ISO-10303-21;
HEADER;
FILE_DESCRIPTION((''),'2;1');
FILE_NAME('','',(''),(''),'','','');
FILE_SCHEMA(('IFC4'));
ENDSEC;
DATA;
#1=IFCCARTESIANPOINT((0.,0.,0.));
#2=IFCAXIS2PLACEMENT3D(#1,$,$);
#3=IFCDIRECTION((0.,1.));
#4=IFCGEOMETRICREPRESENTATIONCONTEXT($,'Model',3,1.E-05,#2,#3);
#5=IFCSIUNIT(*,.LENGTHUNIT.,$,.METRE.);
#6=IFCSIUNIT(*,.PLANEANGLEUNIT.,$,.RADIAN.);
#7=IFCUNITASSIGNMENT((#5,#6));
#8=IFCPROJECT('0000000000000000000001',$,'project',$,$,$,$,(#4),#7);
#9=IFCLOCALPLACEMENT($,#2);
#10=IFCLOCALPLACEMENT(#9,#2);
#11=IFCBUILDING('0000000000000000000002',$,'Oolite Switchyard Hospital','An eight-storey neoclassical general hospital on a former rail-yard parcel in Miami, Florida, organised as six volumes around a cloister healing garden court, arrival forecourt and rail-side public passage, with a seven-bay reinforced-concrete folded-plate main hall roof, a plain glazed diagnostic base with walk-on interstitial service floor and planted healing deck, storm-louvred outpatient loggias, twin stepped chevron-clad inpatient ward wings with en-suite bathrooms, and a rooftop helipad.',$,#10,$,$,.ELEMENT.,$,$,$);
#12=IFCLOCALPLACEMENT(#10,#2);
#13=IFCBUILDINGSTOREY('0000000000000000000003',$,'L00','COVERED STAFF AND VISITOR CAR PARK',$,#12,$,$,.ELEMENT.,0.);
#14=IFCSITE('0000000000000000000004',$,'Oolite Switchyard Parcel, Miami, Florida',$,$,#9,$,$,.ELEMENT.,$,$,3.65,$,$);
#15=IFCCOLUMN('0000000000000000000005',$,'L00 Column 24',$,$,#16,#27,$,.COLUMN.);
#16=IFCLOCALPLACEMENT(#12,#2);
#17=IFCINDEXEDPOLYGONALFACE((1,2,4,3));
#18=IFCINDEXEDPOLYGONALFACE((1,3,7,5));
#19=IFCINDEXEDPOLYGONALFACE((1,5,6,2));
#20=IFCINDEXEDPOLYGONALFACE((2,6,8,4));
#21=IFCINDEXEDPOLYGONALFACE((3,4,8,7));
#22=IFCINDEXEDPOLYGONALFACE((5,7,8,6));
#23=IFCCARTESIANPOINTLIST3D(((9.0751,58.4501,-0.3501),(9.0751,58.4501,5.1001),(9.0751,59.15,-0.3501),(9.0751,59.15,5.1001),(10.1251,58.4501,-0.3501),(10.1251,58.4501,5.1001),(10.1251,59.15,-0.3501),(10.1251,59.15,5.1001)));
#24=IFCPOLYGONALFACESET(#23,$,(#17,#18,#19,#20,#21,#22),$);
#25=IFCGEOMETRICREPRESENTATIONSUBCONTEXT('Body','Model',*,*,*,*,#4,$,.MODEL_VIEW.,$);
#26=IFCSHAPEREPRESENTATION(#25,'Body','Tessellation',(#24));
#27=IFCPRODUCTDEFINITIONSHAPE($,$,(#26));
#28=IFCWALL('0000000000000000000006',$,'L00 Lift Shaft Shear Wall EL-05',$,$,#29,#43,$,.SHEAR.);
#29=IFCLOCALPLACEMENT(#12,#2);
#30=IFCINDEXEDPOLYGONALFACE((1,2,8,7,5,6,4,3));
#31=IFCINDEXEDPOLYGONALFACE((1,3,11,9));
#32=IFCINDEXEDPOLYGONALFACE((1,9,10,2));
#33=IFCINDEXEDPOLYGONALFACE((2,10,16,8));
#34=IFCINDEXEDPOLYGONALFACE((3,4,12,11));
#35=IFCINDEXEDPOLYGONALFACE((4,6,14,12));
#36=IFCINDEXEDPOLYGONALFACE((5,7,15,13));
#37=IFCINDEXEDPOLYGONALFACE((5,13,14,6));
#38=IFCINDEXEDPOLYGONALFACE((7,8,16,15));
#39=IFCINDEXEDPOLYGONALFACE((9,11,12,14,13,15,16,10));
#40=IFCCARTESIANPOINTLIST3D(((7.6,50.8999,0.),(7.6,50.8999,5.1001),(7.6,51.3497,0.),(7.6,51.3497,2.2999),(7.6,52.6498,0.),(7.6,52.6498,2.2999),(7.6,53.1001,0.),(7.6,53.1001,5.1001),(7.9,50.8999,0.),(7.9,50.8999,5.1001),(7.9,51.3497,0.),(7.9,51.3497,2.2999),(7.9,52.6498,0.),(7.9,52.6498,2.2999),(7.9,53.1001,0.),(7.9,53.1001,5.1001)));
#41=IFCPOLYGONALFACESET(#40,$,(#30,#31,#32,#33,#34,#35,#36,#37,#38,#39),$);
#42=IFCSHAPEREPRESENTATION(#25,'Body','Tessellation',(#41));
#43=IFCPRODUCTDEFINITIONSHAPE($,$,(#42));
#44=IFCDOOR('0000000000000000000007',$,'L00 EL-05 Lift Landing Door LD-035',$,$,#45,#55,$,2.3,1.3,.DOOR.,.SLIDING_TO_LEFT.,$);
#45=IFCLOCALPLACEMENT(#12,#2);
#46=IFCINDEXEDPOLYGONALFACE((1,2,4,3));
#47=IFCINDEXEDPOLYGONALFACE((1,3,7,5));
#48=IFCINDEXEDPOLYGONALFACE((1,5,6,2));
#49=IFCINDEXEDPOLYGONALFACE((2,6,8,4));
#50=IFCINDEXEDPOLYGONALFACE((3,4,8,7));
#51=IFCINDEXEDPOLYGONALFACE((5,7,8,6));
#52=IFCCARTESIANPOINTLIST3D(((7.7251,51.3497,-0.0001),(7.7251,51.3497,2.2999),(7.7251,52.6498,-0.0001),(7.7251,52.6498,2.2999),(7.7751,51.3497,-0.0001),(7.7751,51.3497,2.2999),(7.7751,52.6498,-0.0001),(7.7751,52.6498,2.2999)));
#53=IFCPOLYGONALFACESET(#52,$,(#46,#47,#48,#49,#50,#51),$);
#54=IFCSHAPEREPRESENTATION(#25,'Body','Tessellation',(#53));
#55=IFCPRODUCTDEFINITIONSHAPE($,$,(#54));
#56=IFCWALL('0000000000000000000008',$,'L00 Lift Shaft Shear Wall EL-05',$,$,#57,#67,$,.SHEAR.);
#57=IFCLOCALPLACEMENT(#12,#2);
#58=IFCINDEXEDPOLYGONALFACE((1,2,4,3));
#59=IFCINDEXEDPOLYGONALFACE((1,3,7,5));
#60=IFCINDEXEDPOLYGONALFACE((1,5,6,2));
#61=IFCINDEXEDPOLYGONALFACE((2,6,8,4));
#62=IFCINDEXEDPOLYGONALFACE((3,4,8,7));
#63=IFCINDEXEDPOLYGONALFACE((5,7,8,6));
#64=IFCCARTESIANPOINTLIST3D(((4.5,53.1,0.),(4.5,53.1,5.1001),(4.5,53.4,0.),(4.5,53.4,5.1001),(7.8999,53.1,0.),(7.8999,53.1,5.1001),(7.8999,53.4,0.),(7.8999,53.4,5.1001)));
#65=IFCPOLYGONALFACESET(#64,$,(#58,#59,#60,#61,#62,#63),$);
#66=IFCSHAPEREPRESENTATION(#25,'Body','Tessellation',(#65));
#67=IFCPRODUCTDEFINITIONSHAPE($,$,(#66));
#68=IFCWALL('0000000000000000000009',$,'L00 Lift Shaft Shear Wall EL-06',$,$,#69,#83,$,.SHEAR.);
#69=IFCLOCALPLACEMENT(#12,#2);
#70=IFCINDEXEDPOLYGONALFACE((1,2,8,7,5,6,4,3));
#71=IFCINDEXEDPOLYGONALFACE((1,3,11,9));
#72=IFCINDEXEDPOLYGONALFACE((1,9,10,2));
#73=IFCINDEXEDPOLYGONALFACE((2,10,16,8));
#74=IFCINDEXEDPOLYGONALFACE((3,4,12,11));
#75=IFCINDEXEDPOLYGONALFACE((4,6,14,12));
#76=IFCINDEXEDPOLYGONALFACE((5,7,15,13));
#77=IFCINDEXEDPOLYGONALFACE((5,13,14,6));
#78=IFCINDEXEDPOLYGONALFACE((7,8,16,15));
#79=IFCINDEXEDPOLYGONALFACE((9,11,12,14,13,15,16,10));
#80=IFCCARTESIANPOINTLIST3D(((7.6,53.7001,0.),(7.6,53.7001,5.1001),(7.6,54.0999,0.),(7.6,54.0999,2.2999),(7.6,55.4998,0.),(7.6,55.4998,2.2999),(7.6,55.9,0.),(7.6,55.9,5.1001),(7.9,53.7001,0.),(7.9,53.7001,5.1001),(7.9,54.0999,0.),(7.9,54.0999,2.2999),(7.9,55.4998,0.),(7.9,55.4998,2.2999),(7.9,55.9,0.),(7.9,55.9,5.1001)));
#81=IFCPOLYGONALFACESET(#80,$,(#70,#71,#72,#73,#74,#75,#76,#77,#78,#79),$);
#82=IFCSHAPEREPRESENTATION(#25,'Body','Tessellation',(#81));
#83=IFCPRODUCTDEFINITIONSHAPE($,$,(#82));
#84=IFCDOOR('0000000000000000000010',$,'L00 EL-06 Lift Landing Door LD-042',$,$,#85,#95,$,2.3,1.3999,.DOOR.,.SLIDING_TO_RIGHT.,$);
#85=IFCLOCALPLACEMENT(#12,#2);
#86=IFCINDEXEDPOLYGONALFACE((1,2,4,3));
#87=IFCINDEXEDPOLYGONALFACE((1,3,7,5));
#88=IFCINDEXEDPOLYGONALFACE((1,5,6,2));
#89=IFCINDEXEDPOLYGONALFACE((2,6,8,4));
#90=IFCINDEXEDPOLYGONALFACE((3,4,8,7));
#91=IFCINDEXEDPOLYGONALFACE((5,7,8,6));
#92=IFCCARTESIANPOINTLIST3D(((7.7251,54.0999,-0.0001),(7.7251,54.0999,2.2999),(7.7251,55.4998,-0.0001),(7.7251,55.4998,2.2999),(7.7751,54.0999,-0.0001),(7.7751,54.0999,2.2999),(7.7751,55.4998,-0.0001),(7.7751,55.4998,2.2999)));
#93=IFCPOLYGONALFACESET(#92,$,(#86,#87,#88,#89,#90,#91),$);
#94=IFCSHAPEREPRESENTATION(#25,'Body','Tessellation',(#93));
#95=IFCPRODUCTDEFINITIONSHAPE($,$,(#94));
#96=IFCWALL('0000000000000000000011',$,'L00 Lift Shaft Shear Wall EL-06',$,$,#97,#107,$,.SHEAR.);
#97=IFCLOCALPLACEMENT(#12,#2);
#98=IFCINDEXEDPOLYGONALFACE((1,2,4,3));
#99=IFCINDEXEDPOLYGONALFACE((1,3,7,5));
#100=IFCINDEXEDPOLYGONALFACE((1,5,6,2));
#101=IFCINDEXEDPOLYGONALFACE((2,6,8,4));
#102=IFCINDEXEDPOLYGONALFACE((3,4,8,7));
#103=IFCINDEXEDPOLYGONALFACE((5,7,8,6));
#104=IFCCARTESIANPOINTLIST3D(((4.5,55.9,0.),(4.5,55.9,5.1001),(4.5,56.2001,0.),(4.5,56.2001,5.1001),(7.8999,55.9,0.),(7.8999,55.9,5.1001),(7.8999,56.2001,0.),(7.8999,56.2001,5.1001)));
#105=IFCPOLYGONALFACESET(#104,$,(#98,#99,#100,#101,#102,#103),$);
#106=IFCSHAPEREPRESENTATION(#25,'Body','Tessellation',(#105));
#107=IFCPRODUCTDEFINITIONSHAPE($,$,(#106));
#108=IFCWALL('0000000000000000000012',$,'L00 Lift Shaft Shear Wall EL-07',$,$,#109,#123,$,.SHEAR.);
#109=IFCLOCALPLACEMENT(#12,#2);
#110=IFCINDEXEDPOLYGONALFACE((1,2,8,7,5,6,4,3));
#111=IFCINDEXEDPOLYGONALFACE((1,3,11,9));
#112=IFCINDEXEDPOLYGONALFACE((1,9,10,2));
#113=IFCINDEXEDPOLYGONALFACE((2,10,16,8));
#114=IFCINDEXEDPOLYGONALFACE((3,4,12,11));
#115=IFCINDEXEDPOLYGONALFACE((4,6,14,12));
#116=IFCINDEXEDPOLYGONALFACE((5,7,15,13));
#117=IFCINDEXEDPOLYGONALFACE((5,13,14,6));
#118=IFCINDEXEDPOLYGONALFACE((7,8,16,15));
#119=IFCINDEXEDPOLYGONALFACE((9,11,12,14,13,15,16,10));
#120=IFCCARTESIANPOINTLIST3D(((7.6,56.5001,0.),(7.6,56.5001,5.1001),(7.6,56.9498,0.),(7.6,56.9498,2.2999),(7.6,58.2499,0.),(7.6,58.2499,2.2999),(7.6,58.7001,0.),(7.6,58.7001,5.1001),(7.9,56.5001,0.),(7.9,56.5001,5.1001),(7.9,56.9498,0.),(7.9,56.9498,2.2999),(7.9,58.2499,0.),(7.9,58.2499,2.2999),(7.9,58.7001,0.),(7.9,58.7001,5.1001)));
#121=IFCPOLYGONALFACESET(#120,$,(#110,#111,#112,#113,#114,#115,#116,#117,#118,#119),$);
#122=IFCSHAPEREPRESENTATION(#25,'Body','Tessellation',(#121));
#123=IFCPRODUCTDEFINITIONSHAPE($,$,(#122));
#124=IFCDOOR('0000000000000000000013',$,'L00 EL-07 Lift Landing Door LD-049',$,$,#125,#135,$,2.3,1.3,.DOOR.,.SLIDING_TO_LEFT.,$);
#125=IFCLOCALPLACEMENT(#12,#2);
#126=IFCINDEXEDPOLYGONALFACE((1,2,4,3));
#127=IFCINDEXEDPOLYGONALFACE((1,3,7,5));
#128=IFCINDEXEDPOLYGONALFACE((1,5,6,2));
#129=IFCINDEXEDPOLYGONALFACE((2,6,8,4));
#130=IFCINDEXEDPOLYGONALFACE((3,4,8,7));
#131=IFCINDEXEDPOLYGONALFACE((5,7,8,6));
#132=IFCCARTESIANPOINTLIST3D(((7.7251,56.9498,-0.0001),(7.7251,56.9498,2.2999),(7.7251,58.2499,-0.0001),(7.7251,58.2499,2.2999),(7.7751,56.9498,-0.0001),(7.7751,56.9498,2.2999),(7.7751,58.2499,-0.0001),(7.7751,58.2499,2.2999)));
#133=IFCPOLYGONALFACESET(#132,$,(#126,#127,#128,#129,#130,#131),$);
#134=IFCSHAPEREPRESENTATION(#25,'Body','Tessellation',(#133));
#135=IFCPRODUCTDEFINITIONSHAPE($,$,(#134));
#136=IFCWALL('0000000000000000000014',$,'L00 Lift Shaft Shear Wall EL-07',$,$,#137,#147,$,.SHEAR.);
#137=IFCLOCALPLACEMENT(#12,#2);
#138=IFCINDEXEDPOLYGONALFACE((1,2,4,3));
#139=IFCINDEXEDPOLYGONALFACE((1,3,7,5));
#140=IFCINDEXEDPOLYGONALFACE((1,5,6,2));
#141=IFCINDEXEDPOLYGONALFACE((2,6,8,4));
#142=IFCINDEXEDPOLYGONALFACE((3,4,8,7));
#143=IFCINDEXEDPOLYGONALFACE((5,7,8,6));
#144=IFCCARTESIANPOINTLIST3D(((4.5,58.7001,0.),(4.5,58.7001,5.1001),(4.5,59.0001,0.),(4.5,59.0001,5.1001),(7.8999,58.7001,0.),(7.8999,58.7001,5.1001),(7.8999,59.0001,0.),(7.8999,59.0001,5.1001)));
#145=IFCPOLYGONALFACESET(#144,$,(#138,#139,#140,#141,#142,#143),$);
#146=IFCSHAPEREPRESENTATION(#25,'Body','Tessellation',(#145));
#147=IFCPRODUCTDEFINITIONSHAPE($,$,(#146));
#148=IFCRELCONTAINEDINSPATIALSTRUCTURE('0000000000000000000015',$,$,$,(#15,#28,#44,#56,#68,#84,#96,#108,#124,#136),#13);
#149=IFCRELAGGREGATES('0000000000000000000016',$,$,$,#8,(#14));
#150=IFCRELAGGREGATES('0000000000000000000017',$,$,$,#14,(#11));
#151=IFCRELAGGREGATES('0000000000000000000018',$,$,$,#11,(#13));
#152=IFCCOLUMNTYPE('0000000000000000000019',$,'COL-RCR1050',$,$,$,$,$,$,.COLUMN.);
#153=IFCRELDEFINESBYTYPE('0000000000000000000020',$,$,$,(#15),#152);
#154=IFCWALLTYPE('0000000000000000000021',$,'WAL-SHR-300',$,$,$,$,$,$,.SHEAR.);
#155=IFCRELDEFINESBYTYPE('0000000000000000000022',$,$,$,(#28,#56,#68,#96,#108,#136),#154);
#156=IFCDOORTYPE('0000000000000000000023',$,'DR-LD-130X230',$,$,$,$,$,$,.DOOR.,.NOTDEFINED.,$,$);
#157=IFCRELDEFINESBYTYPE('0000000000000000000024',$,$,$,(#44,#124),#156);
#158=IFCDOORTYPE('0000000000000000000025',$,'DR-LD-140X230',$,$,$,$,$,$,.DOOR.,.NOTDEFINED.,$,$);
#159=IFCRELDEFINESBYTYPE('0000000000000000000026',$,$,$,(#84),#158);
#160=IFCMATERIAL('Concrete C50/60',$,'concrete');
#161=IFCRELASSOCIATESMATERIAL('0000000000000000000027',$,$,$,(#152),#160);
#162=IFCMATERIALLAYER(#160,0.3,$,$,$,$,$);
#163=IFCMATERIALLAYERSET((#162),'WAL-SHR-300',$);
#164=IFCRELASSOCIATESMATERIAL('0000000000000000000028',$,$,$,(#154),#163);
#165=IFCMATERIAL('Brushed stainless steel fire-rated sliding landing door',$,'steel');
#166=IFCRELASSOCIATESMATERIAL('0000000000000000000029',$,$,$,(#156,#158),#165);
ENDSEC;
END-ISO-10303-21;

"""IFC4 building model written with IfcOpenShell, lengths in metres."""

from ifc_helpers import new_model, si_unit, direction, frame, frame_2d, origin, origin_2d, place, context, subcontext, project, spatial, rectangle, extrude, material, layer, layer_set, material_profile, profile_set, type_object, element, fill, save


model = new_model("IFC4")

# Units and contexts
model_context = context("Model", 3, precision=1e-05, world=origin(), true_north=direction((0.0, 1.0)))
body_context = subcontext(model_context, "Body", "Model", "MODEL_VIEW")
ifc_project = project(units=[si_unit("LENGTHUNIT", "METRE"), si_unit("PLANEANGLEUNIT", "RADIAN")], contexts=[model_context])

# Site, building, storey
site_placement = place(None, origin())
site = spatial("IfcSite", under=ifc_project, at=site_placement, Name="Oolite Switchyard Parcel, Miami, Florida", CompositionType="ELEMENT", RefElevation=3.65)
building_placement = place(site_placement, origin())
building = spatial("IfcBuilding", under=site, at=building_placement, Name="Oolite Switchyard Hospital", Description="An eight-storey neoclassical general hospital on a former rail-yard parcel in Miami, Florida, organised as six volumes around a cloister healing garden court, arrival forecourt and rail-side public passage, with a seven-bay reinforced-concrete folded-plate main hall roof, a plain glazed diagnostic base with walk-on interstitial service floor and planted healing deck, storm-louvred outpatient loggias, twin stepped chevron-clad inpatient ward wings with en-suite bathrooms, and a rooftop helipad.", CompositionType="ELEMENT")
storey_placement = place(building_placement, origin())
storey = spatial("IfcBuildingStorey", under=building, at=storey_placement, Name="L00", Description="COVERED STAFF AND VISITOR CAR PARK", CompositionType="ELEMENT", Elevation=0.0)

# Column
ifc_material_1 = material(Name="Concrete C50/60", Category="concrete")
ifc_material_profile_1 = material_profile(ifc_material_1, rectangle(XDim=1.05, YDim=0.7, at=origin_2d()), Name="RC1050X700")
ifc_profile_set_1 = profile_set([ifc_material_profile_1], Name="Concrete C50/60")
column_type = type_object("IfcColumnType", Name="COL-RCR1050", PredefinedType="COLUMN", material=ifc_profile_set_1)
for number, where, z_axis, x_axis, name in (
    (1, (9.6001, 58.8, -0.3501), (0.0, 0.0, 1.0), (1.0, 0.0, 0.0), "L00 Column 24"),
):
    element("IfcColumn", number, at=place(storey_placement, frame(where, z_axis=z_axis, x_axis=x_axis)), inside=storey, type_object=column_type, Name=name, PredefinedType="COLUMN", context=body_context, shape_type="SweptSolid", body=[
        extrude(rectangle(XDim=1.05, YDim=0.7, at=origin_2d()), origin(), (0.0, 0.0, 1.0), 5.4502),
    ])

# Wall, opening, door
ifc_layer_1 = layer(ifc_material_1, 0.3)
ifc_layer_set_1 = layer_set([ifc_layer_1], Name="WAL-SHR-300")
wall_type_1 = type_object("IfcWallType", Name="WAL-SHR-300", PredefinedType="SHEAR", material=ifc_layer_set_1)
wall_1_placement = place(storey_placement, frame((7.75, 50.8999, 0.0), z_axis=(0.0, 0.0, 1.0), x_axis=(0.0, 1.0, 0.0)))
wall_1 = element("IfcWall", 2, at=wall_1_placement, inside=storey, type_object=wall_type_1, Name="L00 Lift Shaft Shear Wall EL-05", PredefinedType="SHEAR", context=body_context, shape_type="SweptSolid", body=[
    extrude(rectangle(XDim=2.2002, YDim=0.3, at=frame_2d((1.1001, 0.0))), origin(), (0.0, 0.0, 1.0), 5.1001),
])
opening_1_placement = place(wall_1_placement, frame((0.45, 0.0, 0.0)))
opening_1 = element("IfcOpeningElement", 3, at=opening_1_placement, cuts=wall_1, PredefinedType="OPENING", context=body_context, shape_type="SweptSolid", body=[
    extrude(rectangle(XDim=1.3, YDim=2.3, at=frame_2d((0.6499, 1.1499))), frame((0.0, 0.1602, 0.0), z_axis=(0.0, -1.0, 0.0), x_axis=(1.0, 0.0, 0.0)), (0.0, 0.0, 1.0), 0.3201),
])
ifc_material_2 = material(Name="Brushed stainless steel fire-rated sliding landing door", Category="steel")
door_type_1 = type_object("IfcDoorType", Name="DR-LD-130X230", OperationType="NOTDEFINED", PredefinedType="DOOR", material=ifc_material_2)
door_1_placement = place(opening_1_placement, origin())
door_1 = element("IfcDoor", 4, at=door_1_placement, inside=storey, type_object=door_type_1, Name="L00 EL-05 Lift Landing Door LD-035", OperationType="SLIDING_TO_LEFT", OverallHeight=2.3, OverallWidth=1.3, PredefinedType="DOOR", context=body_context, shape_type="SweptSolid", body=[
    extrude(rectangle(XDim=1.3, YDim=2.3, at=frame_2d((0.6499, 1.1499))), frame((0.0, 0.0249, 0.0), z_axis=(0.0, -1.0, 0.0), x_axis=(1.0, 0.0, 0.0)), (0.0, 0.0, 1.0), 0.05),
])
fill(opening_1, door_1)

# Wall
wall_2_placement = place(storey_placement, frame((7.8999, 53.25, 0.0), z_axis=(0.0, 0.0, 1.0), x_axis=(-1.0, 0.0, 0.0)))
element("IfcWall", 5, at=wall_2_placement, inside=storey, type_object=wall_type_1, Name="L00 Lift Shaft Shear Wall EL-05", PredefinedType="SHEAR", context=body_context, shape_type="SweptSolid", body=[
    extrude(rectangle(XDim=3.3999, YDim=0.3, at=frame_2d((1.7, 0.0))), origin(), (0.0, 0.0, 1.0), 5.1001),
])

# Wall, opening, door
wall_3_placement = place(storey_placement, frame((7.75, 53.7, 0.0), z_axis=(0.0, 0.0, 1.0), x_axis=(0.0, 1.0, 0.0)))
wall_3 = element("IfcWall", 6, at=wall_3_placement, inside=storey, type_object=wall_type_1, Name="L00 Lift Shaft Shear Wall EL-06", PredefinedType="SHEAR", context=body_context, shape_type="SweptSolid", body=[
    extrude(rectangle(XDim=2.2, YDim=0.3, at=frame_2d((1.1001, 0.0))), origin(), (0.0, 0.0, 1.0), 5.1001),
])
opening_2_placement = place(wall_3_placement, frame((0.3999, 0.0, 0.0)))
opening_2 = element("IfcOpeningElement", 7, at=opening_2_placement, cuts=wall_3, PredefinedType="OPENING", context=body_context, shape_type="SweptSolid", body=[
    extrude(rectangle(XDim=1.3999, YDim=2.3, at=frame_2d((0.7, 1.1499))), frame((0.0, 0.1602, 0.0), z_axis=(0.0, -1.0, 0.0), x_axis=(1.0, 0.0, 0.0)), (0.0, 0.0, 1.0), 0.3201),
])
door_type_2 = type_object("IfcDoorType", Name="DR-LD-140X230", OperationType="NOTDEFINED", PredefinedType="DOOR", material=ifc_material_2)
door_2_placement = place(opening_2_placement, origin())
door_2 = element("IfcDoor", 8, at=door_2_placement, inside=storey, type_object=door_type_2, Name="L00 EL-06 Lift Landing Door LD-042", OperationType="SLIDING_TO_RIGHT", OverallHeight=2.3, OverallWidth=1.3999, PredefinedType="DOOR", context=body_context, shape_type="SweptSolid", body=[
    extrude(rectangle(XDim=1.3999, YDim=2.3, at=frame_2d((0.7, 1.1499))), frame((0.0, 0.0249, 0.0), z_axis=(0.0, -1.0, 0.0), x_axis=(1.0, 0.0, 0.0)), (0.0, 0.0, 1.0), 0.05),
])
fill(opening_2, door_2)

# Wall
wall_4_placement = place(storey_placement, frame((7.8999, 56.05, 0.0), z_axis=(0.0, 0.0, 1.0), x_axis=(-1.0, 0.0, 0.0)))
element("IfcWall", 9, at=wall_4_placement, inside=storey, type_object=wall_type_1, Name="L00 Lift Shaft Shear Wall EL-06", PredefinedType="SHEAR", context=body_context, shape_type="SweptSolid", body=[
    extrude(rectangle(XDim=3.3999, YDim=0.3, at=frame_2d((1.7, 0.0))), origin(), (0.0, 0.0, 1.0), 5.1001),
])

# Wall, opening, door
wall_5_placement = place(storey_placement, frame((7.75, 56.5, 0.0), z_axis=(0.0, 0.0, 1.0), x_axis=(0.0, 1.0, 0.0)))
wall_5 = element("IfcWall", 10, at=wall_5_placement, inside=storey, type_object=wall_type_1, Name="L00 Lift Shaft Shear Wall EL-07", PredefinedType="SHEAR", context=body_context, shape_type="SweptSolid", body=[
    extrude(rectangle(XDim=2.2, YDim=0.3, at=frame_2d((1.1001, 0.0))), origin(), (0.0, 0.0, 1.0), 5.1001),
])
opening_3_placement = place(wall_5_placement, frame((0.45, 0.0, 0.0)))
opening_3 = element("IfcOpeningElement", 11, at=opening_3_placement, cuts=wall_5, PredefinedType="OPENING", context=body_context, shape_type="SweptSolid", body=[
    extrude(rectangle(XDim=1.3, YDim=2.3, at=frame_2d((0.6499, 1.1499))), frame((0.0, 0.1602, 0.0), z_axis=(0.0, -1.0, 0.0), x_axis=(1.0, 0.0, 0.0)), (0.0, 0.0, 1.0), 0.3201),
])
door_3_placement = place(opening_3_placement, origin())
door_3 = element("IfcDoor", 12, at=door_3_placement, inside=storey, type_object=door_type_1, Name="L00 EL-07 Lift Landing Door LD-049", OperationType="SLIDING_TO_LEFT", OverallHeight=2.3, OverallWidth=1.3, PredefinedType="DOOR", context=body_context, shape_type="SweptSolid", body=[
    extrude(rectangle(XDim=1.3, YDim=2.3, at=frame_2d((0.6499, 1.1499))), frame((0.0, 0.0249, 0.0), z_axis=(0.0, -1.0, 0.0), x_axis=(1.0, 0.0, 0.0)), (0.0, 0.0, 1.0), 0.05),
])
fill(opening_3, door_3)

# Wall
wall_6_placement = place(storey_placement, frame((7.8999, 58.8501, 0.0), z_axis=(0.0, 0.0, 1.0), x_axis=(-1.0, 0.0, 0.0)))
element("IfcWall", 13, at=wall_6_placement, inside=storey, type_object=wall_type_1, Name="L00 Lift Shaft Shear Wall EL-07", PredefinedType="SHEAR", context=body_context, shape_type="SweptSolid", body=[
    extrude(rectangle(XDim=3.3999, YDim=0.3, at=frame_2d((1.7, 0.0))), origin(), (0.0, 0.0, 1.0), 5.1001),
])

save(model, "model.ifc")
